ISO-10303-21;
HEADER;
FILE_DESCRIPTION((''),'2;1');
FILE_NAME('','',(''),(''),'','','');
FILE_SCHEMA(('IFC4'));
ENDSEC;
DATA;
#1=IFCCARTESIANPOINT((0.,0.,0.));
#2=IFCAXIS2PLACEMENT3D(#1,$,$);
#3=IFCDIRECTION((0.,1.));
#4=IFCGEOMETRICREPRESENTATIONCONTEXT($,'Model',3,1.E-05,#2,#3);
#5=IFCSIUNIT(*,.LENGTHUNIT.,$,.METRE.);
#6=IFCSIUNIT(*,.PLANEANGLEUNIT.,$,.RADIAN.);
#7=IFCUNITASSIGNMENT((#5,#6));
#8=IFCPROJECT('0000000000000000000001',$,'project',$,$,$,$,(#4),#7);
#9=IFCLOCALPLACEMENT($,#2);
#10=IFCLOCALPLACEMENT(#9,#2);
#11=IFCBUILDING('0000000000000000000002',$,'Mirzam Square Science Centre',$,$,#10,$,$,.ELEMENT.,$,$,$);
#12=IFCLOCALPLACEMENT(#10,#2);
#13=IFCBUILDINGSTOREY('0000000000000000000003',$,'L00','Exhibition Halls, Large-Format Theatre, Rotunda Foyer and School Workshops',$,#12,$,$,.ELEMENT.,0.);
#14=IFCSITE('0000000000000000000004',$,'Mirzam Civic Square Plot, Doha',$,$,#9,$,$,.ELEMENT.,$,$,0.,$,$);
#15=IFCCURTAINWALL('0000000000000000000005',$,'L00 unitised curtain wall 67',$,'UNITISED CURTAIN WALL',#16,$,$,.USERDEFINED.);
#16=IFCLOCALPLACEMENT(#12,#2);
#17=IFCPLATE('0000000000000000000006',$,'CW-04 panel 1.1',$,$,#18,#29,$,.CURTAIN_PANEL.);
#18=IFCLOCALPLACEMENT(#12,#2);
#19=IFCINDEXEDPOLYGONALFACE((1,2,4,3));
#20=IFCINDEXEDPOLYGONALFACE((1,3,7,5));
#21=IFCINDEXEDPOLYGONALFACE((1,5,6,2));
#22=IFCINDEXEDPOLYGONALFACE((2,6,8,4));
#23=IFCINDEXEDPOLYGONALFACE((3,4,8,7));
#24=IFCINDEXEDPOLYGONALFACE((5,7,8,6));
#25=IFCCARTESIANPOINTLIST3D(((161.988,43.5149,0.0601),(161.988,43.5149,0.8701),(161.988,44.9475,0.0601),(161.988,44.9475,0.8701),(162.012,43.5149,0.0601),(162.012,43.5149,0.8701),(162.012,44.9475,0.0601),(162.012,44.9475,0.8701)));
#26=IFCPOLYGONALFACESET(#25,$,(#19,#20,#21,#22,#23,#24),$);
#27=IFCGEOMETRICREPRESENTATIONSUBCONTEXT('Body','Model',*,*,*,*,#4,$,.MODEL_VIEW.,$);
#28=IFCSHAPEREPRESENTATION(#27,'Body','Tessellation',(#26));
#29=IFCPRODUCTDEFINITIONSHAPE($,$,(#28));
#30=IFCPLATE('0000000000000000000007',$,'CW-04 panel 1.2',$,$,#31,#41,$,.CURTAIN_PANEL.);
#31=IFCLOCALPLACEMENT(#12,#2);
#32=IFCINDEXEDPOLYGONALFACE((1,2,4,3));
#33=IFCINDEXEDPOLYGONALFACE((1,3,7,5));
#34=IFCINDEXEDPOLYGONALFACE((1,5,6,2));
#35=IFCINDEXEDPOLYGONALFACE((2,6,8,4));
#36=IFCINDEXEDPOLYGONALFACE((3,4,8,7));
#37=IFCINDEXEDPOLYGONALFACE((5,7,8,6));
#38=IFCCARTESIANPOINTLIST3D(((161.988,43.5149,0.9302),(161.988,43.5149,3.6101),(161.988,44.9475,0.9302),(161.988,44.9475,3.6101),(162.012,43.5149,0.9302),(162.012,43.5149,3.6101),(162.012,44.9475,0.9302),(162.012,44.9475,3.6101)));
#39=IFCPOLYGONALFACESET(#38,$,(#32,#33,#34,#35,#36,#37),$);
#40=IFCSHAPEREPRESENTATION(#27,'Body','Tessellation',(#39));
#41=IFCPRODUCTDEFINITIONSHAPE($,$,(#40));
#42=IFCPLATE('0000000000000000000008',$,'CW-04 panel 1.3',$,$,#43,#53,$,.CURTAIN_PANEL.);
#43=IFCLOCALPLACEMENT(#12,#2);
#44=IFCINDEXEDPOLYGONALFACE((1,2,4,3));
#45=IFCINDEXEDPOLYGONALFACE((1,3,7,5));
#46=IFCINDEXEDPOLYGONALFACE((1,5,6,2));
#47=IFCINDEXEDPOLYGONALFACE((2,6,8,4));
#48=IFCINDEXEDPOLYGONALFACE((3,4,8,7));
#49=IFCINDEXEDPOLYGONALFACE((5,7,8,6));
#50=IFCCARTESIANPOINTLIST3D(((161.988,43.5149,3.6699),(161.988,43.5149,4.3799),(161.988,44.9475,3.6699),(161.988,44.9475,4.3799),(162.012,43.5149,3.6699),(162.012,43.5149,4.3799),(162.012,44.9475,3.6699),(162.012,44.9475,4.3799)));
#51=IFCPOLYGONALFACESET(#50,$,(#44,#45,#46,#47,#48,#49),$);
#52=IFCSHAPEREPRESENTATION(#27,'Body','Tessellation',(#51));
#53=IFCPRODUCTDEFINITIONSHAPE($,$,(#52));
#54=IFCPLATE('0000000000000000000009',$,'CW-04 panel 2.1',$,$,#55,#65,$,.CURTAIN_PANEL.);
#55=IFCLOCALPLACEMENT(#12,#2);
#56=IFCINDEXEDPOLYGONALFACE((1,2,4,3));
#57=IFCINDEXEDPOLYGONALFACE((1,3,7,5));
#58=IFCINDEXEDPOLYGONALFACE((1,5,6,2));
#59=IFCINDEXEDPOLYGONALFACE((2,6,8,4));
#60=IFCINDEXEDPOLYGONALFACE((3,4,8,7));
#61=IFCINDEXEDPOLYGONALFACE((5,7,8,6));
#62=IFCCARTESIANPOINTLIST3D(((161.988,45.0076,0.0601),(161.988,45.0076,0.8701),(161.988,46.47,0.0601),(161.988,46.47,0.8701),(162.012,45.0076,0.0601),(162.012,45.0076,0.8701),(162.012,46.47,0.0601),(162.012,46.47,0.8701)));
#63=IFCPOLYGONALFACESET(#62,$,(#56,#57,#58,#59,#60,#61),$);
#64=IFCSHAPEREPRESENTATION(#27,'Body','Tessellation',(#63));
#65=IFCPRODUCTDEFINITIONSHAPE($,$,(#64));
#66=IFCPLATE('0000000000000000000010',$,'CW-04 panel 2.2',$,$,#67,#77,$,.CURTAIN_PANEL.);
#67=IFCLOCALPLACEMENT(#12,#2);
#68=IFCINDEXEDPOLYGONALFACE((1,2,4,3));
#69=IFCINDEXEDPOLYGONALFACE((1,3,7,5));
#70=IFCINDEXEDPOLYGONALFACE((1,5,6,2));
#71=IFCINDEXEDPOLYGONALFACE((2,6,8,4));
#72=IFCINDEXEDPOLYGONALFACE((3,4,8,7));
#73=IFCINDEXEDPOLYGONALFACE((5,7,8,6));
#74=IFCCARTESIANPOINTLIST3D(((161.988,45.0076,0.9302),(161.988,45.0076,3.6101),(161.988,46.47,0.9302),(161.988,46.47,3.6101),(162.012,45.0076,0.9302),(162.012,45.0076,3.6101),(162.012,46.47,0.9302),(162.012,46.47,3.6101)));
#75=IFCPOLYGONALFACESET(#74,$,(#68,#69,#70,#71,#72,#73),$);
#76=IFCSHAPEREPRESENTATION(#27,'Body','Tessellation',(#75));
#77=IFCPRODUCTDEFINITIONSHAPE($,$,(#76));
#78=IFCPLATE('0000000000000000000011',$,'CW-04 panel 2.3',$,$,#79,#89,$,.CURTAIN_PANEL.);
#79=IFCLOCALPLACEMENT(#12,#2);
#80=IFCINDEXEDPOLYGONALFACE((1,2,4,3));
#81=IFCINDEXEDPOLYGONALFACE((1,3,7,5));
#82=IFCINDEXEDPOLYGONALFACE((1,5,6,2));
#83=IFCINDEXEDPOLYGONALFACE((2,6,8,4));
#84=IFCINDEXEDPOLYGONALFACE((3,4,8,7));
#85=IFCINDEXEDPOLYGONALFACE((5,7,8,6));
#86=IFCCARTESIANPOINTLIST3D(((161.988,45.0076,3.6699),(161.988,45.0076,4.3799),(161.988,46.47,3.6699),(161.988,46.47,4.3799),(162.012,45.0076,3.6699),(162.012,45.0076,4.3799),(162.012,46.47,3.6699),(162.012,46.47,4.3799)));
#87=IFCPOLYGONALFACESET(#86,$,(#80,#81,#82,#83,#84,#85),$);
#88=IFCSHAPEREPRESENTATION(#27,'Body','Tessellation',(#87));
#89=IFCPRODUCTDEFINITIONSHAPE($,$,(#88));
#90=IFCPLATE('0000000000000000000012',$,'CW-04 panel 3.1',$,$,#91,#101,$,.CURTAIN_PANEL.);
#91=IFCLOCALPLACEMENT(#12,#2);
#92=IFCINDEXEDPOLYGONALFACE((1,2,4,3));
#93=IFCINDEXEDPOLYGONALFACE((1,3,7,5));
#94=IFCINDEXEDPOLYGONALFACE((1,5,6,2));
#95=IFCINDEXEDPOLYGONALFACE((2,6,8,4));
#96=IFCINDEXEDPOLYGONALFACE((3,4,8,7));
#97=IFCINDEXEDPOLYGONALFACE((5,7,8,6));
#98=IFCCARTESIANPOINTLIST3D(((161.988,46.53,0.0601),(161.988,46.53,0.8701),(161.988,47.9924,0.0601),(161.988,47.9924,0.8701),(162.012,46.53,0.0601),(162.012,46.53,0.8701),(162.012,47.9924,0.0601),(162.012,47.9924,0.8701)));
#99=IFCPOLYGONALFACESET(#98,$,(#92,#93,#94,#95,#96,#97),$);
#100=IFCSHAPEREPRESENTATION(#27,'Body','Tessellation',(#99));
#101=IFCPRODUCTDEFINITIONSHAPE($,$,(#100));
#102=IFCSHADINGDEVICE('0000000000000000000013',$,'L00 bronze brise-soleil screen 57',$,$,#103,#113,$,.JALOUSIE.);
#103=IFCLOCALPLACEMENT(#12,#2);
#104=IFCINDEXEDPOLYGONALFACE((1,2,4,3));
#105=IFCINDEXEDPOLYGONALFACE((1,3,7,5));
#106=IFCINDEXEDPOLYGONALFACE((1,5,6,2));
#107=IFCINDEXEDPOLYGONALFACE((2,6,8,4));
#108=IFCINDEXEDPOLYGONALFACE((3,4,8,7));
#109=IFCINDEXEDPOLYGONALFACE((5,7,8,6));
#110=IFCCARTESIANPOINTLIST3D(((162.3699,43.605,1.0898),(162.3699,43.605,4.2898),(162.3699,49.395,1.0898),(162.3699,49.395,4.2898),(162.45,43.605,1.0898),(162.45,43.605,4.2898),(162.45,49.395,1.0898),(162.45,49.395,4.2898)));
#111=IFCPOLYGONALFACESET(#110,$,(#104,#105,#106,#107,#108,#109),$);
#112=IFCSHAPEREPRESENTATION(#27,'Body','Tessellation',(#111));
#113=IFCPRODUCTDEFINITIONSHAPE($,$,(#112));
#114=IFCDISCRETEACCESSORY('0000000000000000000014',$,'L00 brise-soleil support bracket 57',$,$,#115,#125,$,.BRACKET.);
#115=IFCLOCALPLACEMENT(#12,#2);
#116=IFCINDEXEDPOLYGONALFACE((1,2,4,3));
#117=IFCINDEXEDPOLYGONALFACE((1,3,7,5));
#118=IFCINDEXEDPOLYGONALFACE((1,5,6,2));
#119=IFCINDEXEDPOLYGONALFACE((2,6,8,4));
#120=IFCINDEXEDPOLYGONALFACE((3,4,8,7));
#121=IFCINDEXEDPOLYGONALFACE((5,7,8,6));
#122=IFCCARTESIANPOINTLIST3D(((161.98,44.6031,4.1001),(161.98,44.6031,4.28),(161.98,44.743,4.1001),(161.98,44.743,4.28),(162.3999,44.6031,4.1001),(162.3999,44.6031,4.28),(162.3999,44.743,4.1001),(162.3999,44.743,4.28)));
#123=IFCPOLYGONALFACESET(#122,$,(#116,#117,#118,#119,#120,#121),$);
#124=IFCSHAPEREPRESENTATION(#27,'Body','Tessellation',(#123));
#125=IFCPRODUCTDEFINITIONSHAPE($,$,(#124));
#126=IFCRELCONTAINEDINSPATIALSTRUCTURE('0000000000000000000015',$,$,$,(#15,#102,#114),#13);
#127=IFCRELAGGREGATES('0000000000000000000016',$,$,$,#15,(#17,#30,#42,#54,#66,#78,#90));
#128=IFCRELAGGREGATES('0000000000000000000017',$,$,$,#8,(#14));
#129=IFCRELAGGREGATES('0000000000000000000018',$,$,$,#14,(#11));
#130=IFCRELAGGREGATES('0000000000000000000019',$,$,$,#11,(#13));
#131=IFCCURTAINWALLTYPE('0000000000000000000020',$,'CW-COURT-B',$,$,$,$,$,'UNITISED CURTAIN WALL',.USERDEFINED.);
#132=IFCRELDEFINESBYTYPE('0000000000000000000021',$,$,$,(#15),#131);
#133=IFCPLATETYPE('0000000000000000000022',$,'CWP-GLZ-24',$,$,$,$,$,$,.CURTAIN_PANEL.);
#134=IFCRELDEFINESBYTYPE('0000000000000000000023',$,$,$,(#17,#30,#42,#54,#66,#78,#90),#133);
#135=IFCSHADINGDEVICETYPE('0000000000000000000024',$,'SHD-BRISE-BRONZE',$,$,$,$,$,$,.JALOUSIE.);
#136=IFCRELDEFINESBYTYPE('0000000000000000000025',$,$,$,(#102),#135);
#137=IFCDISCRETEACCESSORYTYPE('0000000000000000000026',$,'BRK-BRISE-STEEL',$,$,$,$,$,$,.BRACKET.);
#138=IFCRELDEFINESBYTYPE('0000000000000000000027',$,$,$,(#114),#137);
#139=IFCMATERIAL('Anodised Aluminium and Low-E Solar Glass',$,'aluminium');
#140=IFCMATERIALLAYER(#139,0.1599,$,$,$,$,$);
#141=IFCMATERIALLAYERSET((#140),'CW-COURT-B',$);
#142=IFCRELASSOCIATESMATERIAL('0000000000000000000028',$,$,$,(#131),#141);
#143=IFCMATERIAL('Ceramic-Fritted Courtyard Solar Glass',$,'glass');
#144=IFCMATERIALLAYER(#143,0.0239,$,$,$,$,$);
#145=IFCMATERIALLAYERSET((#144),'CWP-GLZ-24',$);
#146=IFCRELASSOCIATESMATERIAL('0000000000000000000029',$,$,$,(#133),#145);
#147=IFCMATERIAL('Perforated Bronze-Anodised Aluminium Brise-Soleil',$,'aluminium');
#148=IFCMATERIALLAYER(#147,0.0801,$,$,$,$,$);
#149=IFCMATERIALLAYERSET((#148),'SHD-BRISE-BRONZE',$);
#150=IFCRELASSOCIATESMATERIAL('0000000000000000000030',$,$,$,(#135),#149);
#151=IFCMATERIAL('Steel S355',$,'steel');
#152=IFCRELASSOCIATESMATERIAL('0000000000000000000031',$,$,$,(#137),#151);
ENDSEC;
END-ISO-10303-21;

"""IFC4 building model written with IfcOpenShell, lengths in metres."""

from ifc_helpers import new_model, si_unit, direction, frame, origin, origin_2d, place, context, subcontext, project, spatial, rectangle, extrude, material, layer, layer_set, type_object, element, aggregate, save


model = new_model("IFC4")

# Units and contexts
model_context = context("Model", 3, precision=1e-05, world=origin(), true_north=direction((0.0, 1.0)))
body_context = subcontext(model_context, "Body", "Model", "MODEL_VIEW")
ifc_project = project(units=[si_unit("LENGTHUNIT", "METRE"), si_unit("PLANEANGLEUNIT", "RADIAN")], contexts=[model_context])

# Site, building, storey
site_placement = place(None, origin())
site = spatial("IfcSite", under=ifc_project, at=site_placement, Name="Mirzam Civic Square Plot, Doha", CompositionType="ELEMENT", RefElevation=0.0)
building_placement = place(site_placement, origin())
building = spatial("IfcBuilding", under=site, at=building_placement, Name="Mirzam Square Science Centre", CompositionType="ELEMENT")
storey_placement = place(building_placement, origin())
storey = spatial("IfcBuildingStorey", under=building, at=storey_placement, Name="L00", Description="Exhibition Halls, Large-Format Theatre, Rotunda Foyer and School Workshops", CompositionType="ELEMENT", Elevation=0.0)

# Curtain wall, plates
ifc_material_1 = material(Name="Anodised Aluminium and Low-E Solar Glass", Category="aluminium")
ifc_layer_1 = layer(ifc_material_1, 0.1599)
ifc_layer_set_1 = layer_set([ifc_layer_1], Name="CW-COURT-B")
curtain_wall_type = type_object("IfcCurtainWallType", Name="CW-COURT-B", ElementType="UNITISED CURTAIN WALL", PredefinedType="USERDEFINED", material=ifc_layer_set_1)
curtain_wall_placement = place(storey_placement, origin())
curtain_wall = element("IfcCurtainWall", 1, at=curtain_wall_placement, inside=storey, type_object=curtain_wall_type, Name="L00 unitised curtain wall 67", ObjectType="UNITISED CURTAIN WALL", PredefinedType="USERDEFINED")
ifc_material_2 = material(Name="Ceramic-Fritted Courtyard Solar Glass", Category="glass")
ifc_layer_2 = layer(ifc_material_2, 0.0239)
ifc_layer_set_2 = layer_set([ifc_layer_2], Name="CWP-GLZ-24")
plate_type = type_object("IfcPlateType", Name="CWP-GLZ-24", PredefinedType="CURTAIN_PANEL", material=ifc_layer_set_2)
plate_1_placement = place(storey_placement, frame((162.0, 44.2312, 0.0601), z_axis=(0.0, 0.0, 1.0), x_axis=(0.0, 1.0, 0.0)))
plate_1 = element("IfcPlate", 2, at=plate_1_placement, type_object=plate_type, Name="CW-04 panel 1.1", PredefinedType="CURTAIN_PANEL", context=body_context, shape_type="SweptSolid", body=[
    extrude(rectangle(XDim=1.4326, YDim=0.0239, at=origin_2d()), origin(), (0.0, 0.0, 1.0), 0.8101),
])
plate_2_placement = place(storey_placement, frame((162.0, 44.2312, 0.9302), z_axis=(0.0, 0.0, 1.0), x_axis=(0.0, 1.0, 0.0)))
plate_2 = element("IfcPlate", 3, at=plate_2_placement, type_object=plate_type, Name="CW-04 panel 1.2", PredefinedType="CURTAIN_PANEL", context=body_context, shape_type="SweptSolid", body=[
    extrude(rectangle(XDim=1.4326, YDim=0.0239, at=origin_2d()), origin(), (0.0, 0.0, 1.0), 2.6799),
])
plate_3_placement = place(storey_placement, frame((162.0, 44.2312, 3.6699), z_axis=(0.0, 0.0, 1.0), x_axis=(0.0, 1.0, 0.0)))
plate_3 = element("IfcPlate", 4, at=plate_3_placement, type_object=plate_type, Name="CW-04 panel 1.3", PredefinedType="CURTAIN_PANEL", context=body_context, shape_type="SweptSolid", body=[
    extrude(rectangle(XDim=1.4326, YDim=0.0239, at=origin_2d()), origin(), (0.0, 0.0, 1.0), 0.71),
])
plate_4_placement = place(storey_placement, frame((162.0, 45.7388, 0.0601), z_axis=(0.0, 0.0, 1.0), x_axis=(0.0, 1.0, 0.0)))
plate_4 = element("IfcPlate", 5, at=plate_4_placement, type_object=plate_type, Name="CW-04 panel 2.1", PredefinedType="CURTAIN_PANEL", context=body_context, shape_type="SweptSolid", body=[
    extrude(rectangle(XDim=1.4624, YDim=0.0239, at=origin_2d()), origin(), (0.0, 0.0, 1.0), 0.8101),
])
plate_5_placement = place(storey_placement, frame((162.0, 45.7388, 0.9302), z_axis=(0.0, 0.0, 1.0), x_axis=(0.0, 1.0, 0.0)))
plate_5 = element("IfcPlate", 6, at=plate_5_placement, type_object=plate_type, Name="CW-04 panel 2.2", PredefinedType="CURTAIN_PANEL", context=body_context, shape_type="SweptSolid", body=[
    extrude(rectangle(XDim=1.4624, YDim=0.0239, at=origin_2d()), origin(), (0.0, 0.0, 1.0), 2.6799),
])
plate_6_placement = place(storey_placement, frame((162.0, 45.7388, 3.6699), z_axis=(0.0, 0.0, 1.0), x_axis=(0.0, 1.0, 0.0)))
plate_6 = element("IfcPlate", 7, at=plate_6_placement, type_object=plate_type, Name="CW-04 panel 2.3", PredefinedType="CURTAIN_PANEL", context=body_context, shape_type="SweptSolid", body=[
    extrude(rectangle(XDim=1.4624, YDim=0.0239, at=origin_2d()), origin(), (0.0, 0.0, 1.0), 0.71),
])
plate_7_placement = place(storey_placement, frame((162.0, 47.2612, 0.0601), z_axis=(0.0, 0.0, 1.0), x_axis=(0.0, 1.0, 0.0)))
plate_7 = element("IfcPlate", 8, at=plate_7_placement, type_object=plate_type, Name="CW-04 panel 3.1", PredefinedType="CURTAIN_PANEL", context=body_context, shape_type="SweptSolid", body=[
    extrude(rectangle(XDim=1.4624, YDim=0.0239, at=origin_2d()), origin(), (0.0, 0.0, 1.0), 0.8101),
])
aggregate(curtain_wall, [plate_1, plate_2, plate_3, plate_4, plate_5, plate_6, plate_7])

# Shading device
ifc_material_3 = material(Name="Perforated Bronze-Anodised Aluminium Brise-Soleil", Category="aluminium")
ifc_layer_3 = layer(ifc_material_3, 0.0801)
ifc_layer_set_3 = layer_set([ifc_layer_3], Name="SHD-BRISE-BRONZE")
shading_device_type = type_object("IfcShadingDeviceType", Name="SHD-BRISE-BRONZE", PredefinedType="JALOUSIE", material=ifc_layer_set_3)
shading_device_placement = place(storey_placement, frame((162.4099, 46.5, 1.0898), z_axis=(0.0, 0.0, 1.0), x_axis=(0.0, 1.0, 0.0)))
element("IfcShadingDevice", 9, at=shading_device_placement, inside=storey, type_object=shading_device_type, Name="L00 bronze brise-soleil screen 57", PredefinedType="JALOUSIE", context=body_context, shape_type="SweptSolid", body=[
    extrude(rectangle(XDim=5.79, YDim=0.0801, at=origin_2d()), origin(), (0.0, 0.0, 1.0), 3.2),
])

# Discrete accessory
ifc_material_4 = material(Name="Steel S355", Category="steel")
discrete_accessory_type = type_object("IfcDiscreteAccessoryType", Name="BRK-BRISE-STEEL", PredefinedType="BRACKET", material=ifc_material_4)
discrete_accessory_placement = place(storey_placement, frame((162.1899, 44.6731, 4.1001), z_axis=(0.0, 0.0, 1.0), x_axis=(0.0, 1.0, 0.0)))
element("IfcDiscreteAccessory", 10, at=discrete_accessory_placement, inside=storey, type_object=discrete_accessory_type, Name="L00 brise-soleil support bracket 57", PredefinedType="BRACKET", context=body_context, shape_type="SweptSolid", body=[
    extrude(rectangle(XDim=0.1399, YDim=0.4199, at=origin_2d()), origin(), (0.0, 0.0, 1.0), 0.1799),
])

save(model, "model.ifc")
